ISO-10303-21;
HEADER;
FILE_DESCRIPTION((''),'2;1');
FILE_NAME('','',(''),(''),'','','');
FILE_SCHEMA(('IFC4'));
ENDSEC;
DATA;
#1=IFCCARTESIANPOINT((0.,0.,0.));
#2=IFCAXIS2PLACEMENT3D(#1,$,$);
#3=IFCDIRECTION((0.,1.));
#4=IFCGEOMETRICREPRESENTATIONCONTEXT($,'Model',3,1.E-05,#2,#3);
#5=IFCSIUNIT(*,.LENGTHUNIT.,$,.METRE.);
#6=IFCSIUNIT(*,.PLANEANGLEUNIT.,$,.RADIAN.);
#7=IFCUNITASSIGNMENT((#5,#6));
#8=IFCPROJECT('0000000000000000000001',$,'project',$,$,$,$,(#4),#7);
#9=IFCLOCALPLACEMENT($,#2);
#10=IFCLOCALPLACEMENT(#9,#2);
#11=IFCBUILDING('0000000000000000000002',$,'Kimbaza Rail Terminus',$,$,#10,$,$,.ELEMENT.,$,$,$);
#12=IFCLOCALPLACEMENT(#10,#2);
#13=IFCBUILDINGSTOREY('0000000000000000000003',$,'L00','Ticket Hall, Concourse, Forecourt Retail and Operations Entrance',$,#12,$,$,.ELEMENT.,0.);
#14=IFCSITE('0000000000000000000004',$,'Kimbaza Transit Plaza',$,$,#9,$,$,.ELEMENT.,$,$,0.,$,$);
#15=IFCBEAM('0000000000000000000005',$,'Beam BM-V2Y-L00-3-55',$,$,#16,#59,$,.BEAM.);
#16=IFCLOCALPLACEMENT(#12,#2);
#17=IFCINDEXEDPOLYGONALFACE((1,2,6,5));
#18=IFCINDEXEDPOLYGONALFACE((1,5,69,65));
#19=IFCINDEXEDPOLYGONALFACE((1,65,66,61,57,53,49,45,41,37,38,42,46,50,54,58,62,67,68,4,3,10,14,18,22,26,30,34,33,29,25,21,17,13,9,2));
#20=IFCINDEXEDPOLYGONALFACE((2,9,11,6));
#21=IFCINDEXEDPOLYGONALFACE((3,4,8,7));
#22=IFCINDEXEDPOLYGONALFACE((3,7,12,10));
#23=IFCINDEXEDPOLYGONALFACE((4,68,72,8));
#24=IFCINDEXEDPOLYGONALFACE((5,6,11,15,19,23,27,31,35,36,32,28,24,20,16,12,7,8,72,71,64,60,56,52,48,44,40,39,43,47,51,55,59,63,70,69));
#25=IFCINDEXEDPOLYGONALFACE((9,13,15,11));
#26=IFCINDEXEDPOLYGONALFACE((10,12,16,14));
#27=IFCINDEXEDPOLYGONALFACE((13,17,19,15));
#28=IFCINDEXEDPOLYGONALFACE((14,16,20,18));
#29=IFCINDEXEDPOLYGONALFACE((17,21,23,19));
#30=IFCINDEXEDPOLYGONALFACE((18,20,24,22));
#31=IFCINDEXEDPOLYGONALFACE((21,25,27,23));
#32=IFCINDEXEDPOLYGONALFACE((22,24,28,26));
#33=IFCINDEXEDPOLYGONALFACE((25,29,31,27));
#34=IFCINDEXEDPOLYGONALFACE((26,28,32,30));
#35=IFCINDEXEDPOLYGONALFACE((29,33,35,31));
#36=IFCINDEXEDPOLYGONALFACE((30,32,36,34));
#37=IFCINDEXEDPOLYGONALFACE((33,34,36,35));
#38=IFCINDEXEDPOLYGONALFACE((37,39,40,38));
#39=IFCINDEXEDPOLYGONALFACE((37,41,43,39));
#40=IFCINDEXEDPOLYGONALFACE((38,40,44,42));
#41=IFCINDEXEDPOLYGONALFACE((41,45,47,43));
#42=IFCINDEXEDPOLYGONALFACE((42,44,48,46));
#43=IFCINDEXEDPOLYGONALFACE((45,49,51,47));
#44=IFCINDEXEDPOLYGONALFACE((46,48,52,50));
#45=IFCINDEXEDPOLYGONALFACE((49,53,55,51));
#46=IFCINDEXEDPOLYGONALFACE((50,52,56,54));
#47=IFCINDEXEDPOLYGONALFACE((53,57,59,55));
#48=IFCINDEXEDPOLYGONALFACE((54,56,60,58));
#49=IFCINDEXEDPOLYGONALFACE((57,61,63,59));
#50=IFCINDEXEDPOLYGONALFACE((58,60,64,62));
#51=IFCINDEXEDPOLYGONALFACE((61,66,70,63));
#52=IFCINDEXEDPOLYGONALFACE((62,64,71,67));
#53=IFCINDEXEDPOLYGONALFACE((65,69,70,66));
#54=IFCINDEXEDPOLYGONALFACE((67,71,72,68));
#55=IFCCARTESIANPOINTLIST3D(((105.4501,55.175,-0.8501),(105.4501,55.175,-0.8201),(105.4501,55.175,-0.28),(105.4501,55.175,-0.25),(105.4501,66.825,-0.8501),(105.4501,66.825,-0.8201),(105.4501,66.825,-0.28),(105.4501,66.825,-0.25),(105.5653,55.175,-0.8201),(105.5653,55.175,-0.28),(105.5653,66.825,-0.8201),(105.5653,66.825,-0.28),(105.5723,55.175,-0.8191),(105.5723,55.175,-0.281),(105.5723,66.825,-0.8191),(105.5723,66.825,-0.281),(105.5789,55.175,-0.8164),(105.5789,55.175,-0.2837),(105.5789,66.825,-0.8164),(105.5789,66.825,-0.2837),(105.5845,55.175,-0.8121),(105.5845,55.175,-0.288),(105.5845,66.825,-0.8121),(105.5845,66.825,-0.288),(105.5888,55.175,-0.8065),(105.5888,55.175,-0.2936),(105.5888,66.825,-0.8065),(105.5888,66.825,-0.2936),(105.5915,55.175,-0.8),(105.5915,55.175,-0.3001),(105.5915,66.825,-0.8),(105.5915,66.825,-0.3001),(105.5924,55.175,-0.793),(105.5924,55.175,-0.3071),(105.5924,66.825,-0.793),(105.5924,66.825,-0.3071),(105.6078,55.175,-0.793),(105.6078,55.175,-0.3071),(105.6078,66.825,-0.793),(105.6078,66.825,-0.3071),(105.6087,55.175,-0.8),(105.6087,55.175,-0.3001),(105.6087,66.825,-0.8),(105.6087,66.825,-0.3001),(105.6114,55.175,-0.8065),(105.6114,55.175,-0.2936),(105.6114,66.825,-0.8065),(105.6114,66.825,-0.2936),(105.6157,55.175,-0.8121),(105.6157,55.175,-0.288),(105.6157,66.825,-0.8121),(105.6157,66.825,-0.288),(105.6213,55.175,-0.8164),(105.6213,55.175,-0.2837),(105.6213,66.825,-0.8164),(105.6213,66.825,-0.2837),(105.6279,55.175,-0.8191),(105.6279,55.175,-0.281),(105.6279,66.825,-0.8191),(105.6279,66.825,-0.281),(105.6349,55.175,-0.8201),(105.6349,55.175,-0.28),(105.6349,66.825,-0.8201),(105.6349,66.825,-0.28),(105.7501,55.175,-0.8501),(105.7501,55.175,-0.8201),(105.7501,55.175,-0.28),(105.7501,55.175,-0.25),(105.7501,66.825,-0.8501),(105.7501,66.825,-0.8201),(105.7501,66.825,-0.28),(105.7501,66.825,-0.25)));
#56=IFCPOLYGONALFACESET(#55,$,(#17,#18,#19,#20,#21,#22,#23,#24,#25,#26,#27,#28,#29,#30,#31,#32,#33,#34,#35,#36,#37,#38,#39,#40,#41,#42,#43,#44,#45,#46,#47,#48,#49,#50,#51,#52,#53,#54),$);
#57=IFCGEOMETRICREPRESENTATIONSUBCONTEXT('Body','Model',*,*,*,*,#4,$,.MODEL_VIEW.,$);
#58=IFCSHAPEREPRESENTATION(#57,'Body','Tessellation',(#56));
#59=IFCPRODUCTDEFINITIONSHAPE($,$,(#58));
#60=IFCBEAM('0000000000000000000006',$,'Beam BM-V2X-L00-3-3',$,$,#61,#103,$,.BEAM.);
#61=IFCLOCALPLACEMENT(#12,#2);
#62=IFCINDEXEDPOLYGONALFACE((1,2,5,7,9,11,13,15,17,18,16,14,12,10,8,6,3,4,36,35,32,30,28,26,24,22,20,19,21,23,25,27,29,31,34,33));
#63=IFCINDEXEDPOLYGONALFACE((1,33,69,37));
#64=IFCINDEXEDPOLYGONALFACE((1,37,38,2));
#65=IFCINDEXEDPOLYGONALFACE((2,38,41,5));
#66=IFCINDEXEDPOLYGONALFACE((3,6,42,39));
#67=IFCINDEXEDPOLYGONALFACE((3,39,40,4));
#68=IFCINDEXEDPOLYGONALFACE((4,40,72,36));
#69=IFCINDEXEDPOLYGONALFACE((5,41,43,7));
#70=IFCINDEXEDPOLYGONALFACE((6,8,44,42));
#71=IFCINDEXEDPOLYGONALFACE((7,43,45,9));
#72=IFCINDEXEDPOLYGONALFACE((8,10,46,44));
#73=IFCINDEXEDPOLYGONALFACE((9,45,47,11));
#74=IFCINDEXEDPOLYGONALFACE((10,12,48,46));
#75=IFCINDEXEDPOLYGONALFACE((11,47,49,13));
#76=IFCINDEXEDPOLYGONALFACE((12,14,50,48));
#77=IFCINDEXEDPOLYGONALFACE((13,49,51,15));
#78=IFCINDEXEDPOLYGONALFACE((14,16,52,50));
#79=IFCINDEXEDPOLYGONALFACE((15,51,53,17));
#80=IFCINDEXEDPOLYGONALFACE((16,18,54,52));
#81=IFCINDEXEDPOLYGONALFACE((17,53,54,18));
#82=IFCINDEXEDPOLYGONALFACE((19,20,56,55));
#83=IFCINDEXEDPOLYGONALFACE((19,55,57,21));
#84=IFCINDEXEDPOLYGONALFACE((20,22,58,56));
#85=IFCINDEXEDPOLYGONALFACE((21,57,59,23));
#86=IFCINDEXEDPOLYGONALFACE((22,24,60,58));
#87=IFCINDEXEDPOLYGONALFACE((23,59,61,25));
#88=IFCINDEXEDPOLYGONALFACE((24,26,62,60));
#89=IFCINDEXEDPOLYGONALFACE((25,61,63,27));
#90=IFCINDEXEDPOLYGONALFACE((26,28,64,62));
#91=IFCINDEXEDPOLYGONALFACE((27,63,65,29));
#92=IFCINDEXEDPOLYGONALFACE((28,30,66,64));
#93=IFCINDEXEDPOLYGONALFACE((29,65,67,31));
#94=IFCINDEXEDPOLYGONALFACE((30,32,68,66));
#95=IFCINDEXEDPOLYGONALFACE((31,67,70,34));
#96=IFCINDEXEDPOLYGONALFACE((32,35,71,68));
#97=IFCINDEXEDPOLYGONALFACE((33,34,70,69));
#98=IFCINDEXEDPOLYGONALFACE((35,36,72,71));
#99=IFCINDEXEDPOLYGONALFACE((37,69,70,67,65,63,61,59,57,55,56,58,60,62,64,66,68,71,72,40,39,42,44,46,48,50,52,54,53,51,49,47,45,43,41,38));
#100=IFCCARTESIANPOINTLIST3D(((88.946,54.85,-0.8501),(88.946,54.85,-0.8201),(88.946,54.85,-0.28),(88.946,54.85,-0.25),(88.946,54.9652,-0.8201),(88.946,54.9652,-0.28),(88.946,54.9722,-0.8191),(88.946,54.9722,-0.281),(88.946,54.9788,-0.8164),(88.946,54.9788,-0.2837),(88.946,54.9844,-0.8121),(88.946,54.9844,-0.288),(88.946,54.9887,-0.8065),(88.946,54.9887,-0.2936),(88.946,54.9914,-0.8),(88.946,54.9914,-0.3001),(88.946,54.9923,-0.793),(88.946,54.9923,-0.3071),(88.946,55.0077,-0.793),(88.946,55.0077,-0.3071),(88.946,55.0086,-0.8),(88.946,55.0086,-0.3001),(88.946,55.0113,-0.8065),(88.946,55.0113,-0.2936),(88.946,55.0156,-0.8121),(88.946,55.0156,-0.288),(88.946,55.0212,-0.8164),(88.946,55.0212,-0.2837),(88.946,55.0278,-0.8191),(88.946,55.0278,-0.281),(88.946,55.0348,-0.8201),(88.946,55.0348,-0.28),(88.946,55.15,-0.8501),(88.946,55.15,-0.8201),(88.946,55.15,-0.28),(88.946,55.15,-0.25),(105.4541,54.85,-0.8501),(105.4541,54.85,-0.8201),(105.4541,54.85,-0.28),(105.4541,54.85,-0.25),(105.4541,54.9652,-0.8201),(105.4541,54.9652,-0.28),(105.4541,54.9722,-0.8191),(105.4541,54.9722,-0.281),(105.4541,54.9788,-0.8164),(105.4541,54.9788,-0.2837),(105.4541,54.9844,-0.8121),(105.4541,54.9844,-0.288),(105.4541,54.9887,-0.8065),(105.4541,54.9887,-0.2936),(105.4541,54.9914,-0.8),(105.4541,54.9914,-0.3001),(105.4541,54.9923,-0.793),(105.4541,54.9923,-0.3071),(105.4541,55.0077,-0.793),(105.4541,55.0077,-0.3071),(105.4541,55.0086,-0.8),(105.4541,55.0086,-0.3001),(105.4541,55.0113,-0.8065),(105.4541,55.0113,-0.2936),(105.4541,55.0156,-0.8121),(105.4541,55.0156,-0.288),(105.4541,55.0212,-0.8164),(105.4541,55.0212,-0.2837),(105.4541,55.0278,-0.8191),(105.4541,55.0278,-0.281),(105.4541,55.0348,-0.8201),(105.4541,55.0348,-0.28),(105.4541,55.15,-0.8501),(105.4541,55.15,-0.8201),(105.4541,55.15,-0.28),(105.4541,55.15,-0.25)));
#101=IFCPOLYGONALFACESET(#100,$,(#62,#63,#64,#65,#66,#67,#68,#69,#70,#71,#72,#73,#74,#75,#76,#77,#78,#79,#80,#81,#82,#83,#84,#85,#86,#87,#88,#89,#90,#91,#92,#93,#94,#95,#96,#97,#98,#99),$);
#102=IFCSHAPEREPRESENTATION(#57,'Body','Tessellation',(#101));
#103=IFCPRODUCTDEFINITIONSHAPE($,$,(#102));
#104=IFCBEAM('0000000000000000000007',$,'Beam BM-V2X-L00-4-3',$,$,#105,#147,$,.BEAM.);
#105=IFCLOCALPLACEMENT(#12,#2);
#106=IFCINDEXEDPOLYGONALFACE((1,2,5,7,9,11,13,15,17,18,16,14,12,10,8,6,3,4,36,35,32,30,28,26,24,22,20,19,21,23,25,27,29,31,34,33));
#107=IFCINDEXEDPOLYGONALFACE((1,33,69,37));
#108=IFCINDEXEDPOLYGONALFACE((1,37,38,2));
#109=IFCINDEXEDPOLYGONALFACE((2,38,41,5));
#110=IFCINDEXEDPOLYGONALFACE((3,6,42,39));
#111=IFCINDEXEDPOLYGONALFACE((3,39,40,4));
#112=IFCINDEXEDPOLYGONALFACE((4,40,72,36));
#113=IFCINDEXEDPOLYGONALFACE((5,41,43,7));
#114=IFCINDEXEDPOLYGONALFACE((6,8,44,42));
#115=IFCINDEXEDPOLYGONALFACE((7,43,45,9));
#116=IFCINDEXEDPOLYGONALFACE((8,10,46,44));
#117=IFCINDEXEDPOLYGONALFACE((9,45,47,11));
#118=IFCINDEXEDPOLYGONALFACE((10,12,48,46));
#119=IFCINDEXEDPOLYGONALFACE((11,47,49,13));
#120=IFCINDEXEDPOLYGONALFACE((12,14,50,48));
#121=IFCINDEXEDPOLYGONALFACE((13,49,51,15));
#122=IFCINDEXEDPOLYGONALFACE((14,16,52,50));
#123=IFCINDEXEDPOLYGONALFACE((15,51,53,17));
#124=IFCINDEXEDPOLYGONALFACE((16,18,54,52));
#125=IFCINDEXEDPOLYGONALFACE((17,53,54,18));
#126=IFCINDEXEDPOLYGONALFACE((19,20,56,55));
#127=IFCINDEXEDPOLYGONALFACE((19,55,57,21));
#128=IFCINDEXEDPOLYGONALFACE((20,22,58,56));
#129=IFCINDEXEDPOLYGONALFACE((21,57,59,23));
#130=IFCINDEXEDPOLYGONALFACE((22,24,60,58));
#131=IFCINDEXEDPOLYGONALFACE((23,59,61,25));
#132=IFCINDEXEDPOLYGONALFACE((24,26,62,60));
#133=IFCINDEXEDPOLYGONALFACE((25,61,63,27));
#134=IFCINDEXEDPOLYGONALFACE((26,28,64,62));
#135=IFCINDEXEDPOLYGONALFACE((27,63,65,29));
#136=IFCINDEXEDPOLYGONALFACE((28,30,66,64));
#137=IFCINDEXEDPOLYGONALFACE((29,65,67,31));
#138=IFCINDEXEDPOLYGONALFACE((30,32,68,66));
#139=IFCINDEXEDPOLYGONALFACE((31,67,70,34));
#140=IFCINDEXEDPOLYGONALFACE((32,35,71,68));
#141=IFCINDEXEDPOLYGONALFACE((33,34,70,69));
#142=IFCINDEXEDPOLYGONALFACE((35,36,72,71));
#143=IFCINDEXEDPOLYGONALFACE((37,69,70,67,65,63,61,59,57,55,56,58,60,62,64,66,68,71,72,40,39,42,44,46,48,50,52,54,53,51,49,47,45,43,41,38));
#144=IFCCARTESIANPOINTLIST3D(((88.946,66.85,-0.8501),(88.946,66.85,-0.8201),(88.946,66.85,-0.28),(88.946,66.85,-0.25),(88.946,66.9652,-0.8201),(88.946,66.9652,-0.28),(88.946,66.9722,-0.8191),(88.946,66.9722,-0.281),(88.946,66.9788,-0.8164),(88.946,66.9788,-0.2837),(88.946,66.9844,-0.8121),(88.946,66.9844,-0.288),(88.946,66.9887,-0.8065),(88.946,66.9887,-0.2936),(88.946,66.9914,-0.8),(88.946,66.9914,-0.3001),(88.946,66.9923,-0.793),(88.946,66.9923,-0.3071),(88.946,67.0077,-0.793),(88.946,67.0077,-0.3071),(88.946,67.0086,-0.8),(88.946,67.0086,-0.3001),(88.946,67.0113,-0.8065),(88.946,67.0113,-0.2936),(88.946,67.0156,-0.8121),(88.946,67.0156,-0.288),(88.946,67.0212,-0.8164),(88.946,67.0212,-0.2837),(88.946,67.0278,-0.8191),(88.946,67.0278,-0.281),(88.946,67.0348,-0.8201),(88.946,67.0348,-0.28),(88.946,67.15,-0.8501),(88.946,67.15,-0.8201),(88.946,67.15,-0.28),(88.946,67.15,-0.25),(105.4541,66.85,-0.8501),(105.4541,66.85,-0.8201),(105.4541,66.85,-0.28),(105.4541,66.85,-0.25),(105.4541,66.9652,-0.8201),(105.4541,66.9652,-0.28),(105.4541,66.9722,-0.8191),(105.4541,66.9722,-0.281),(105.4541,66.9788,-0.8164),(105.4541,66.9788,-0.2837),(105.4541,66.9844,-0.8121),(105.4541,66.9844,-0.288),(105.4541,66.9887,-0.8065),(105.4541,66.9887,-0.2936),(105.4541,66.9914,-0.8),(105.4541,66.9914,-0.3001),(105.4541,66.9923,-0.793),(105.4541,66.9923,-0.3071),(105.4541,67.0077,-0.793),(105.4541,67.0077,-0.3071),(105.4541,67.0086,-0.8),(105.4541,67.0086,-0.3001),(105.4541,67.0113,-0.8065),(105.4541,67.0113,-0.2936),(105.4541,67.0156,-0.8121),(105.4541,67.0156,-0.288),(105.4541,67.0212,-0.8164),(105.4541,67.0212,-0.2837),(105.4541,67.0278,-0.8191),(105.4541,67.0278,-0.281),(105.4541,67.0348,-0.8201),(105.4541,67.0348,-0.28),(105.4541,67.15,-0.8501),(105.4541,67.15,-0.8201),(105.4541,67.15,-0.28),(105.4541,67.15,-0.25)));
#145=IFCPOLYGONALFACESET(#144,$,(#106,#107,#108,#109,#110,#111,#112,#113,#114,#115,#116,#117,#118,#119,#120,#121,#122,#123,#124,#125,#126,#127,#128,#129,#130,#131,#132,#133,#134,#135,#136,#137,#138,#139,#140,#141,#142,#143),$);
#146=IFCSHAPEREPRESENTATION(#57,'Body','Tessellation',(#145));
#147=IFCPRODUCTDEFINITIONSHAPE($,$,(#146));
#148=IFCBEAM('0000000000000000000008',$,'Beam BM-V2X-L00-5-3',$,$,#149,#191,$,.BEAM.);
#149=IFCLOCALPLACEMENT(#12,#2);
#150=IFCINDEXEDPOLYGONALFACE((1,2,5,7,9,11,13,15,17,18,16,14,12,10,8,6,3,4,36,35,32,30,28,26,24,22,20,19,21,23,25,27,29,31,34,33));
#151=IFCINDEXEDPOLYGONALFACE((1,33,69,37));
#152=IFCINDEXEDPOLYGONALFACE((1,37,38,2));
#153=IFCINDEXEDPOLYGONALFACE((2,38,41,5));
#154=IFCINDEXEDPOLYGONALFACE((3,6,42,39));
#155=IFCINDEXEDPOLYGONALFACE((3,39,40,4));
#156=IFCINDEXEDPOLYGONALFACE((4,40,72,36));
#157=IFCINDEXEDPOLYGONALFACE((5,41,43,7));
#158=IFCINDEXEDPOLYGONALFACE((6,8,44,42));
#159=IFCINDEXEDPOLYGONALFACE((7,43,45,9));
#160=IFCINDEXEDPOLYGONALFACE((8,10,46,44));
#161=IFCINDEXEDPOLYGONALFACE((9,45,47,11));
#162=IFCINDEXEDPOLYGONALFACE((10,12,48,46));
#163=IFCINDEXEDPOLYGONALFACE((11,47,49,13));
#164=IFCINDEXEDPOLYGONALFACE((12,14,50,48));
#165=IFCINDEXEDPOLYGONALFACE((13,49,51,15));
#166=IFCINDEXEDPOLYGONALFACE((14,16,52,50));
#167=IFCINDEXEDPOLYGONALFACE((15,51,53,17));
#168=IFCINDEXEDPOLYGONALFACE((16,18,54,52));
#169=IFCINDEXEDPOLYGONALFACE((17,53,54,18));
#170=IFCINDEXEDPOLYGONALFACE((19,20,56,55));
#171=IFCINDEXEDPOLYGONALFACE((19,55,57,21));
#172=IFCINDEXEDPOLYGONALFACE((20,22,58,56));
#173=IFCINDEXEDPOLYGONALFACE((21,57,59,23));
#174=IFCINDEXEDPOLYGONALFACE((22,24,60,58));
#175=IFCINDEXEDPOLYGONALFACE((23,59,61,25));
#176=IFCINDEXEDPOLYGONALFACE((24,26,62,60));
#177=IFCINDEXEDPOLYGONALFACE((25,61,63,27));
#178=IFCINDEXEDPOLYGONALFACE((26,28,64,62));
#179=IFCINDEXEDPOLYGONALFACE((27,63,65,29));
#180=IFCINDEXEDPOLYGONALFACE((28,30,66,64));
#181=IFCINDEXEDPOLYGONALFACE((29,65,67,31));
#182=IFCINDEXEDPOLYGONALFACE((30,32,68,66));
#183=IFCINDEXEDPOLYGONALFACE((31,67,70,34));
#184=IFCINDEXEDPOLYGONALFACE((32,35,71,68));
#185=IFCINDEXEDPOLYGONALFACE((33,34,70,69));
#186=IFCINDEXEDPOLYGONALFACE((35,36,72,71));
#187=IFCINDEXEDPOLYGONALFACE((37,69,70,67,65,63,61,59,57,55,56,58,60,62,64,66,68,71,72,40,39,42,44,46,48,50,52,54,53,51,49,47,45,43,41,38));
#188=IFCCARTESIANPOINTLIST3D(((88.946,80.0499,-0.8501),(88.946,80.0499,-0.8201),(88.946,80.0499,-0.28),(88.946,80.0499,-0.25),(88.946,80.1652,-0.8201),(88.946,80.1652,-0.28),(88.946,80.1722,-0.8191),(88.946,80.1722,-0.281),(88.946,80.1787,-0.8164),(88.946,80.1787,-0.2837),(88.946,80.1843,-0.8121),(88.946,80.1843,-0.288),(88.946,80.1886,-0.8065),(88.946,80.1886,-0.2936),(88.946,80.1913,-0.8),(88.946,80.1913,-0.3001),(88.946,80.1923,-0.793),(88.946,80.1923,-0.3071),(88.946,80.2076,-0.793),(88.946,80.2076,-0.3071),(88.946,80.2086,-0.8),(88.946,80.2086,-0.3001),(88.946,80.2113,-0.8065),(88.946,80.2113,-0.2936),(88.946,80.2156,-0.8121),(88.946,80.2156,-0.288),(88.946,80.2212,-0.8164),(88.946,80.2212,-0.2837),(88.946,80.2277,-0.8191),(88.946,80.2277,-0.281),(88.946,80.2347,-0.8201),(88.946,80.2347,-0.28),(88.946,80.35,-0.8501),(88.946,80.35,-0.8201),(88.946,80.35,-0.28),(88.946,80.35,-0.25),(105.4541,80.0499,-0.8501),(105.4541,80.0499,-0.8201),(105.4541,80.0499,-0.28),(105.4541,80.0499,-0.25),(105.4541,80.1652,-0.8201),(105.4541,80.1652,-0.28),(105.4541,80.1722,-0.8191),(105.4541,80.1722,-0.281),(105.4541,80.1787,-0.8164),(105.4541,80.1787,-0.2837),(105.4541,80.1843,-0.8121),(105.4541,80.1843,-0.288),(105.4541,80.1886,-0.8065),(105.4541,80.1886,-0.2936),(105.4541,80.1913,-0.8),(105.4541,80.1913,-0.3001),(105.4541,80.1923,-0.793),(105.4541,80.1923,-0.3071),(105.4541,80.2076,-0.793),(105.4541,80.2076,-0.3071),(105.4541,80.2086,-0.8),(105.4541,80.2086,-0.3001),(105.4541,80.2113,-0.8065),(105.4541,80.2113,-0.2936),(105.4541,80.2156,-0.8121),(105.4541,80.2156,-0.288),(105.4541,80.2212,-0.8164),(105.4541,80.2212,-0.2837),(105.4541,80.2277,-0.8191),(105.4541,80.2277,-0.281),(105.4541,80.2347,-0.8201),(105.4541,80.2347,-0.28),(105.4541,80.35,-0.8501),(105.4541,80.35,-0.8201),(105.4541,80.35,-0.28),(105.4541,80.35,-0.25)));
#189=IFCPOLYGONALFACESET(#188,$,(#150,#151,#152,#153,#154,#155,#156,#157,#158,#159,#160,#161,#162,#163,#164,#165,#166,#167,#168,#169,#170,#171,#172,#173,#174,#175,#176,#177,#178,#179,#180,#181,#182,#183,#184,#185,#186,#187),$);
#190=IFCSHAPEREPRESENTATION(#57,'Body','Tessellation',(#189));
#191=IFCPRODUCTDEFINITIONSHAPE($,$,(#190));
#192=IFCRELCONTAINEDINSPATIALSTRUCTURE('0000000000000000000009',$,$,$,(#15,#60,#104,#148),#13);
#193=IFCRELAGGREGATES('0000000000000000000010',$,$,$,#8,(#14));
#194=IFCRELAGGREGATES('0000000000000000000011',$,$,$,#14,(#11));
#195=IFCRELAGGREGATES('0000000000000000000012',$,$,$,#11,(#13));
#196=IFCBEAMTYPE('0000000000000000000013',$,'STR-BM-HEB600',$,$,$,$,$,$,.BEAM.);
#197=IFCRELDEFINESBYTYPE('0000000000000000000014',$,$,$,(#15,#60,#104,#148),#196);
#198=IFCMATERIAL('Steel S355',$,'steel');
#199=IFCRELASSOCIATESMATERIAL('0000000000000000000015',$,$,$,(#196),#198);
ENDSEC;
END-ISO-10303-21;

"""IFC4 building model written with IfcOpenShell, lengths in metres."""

from ifc_helpers import new_model, si_unit, direction, frame, origin, origin_2d, place, context, subcontext, project, spatial, i_section, extrude, material, material_profile, profile_set, type_object, element, save


model = new_model("IFC4")

# Units and contexts
model_context = context("Model", 3, precision=1e-05, world=origin(), true_north=direction((0.0, 1.0)))
body_context = subcontext(model_context, "Body", "Model", "MODEL_VIEW")
ifc_project = project(units=[si_unit("LENGTHUNIT", "METRE"), si_unit("PLANEANGLEUNIT", "RADIAN")], contexts=[model_context])

# Site, building, storey
site_placement = place(None, origin())
site = spatial("IfcSite", under=ifc_project, at=site_placement, Name="Kimbaza Transit Plaza", CompositionType="ELEMENT", RefElevation=0.0)
building_placement = place(site_placement, origin())
building = spatial("IfcBuilding", under=site, at=building_placement, Name="Kimbaza Rail Terminus", CompositionType="ELEMENT")
storey_placement = place(building_placement, origin())
storey = spatial("IfcBuildingStorey", under=building, at=storey_placement, Name="L00", Description="Ticket Hall, Concourse, Forecourt Retail and Operations Entrance", CompositionType="ELEMENT", Elevation=0.0)

# Beams
ifc_material_1 = material(Name="Steel S355", Category="steel")
ifc_material_profile_1 = material_profile(ifc_material_1, i_section(OverallWidth=0.3, OverallDepth=0.6001, WebThickness=0.0154, FlangeThickness=0.03, FilletRadius=0.0271, at=origin_2d()), Name="HEB 600")
ifc_profile_set_1 = profile_set([ifc_material_profile_1], Name="Steel S355")
beam_type_1 = type_object("IfcBeamType", Name="STR-BM-HEB600", PredefinedType="BEAM", material=ifc_profile_set_1)
beam_1_placement = place(storey_placement, frame((105.6001, 55.175, -0.55), z_axis=(0.0, 1.0, 0.0), x_axis=(-1.0, 0.0, 0.0)))
element("IfcBeam", 1, at=beam_1_placement, inside=storey, type_object=beam_type_1, Name="Beam BM-V2Y-L00-3-55", PredefinedType="BEAM", context=body_context, shape_type="SweptSolid", body=[
    extrude(i_section(OverallWidth=0.3, OverallDepth=0.6001, WebThickness=0.0154, FlangeThickness=0.03, FilletRadius=0.0271, at=origin_2d()), origin(), (0.0, 0.0, 1.0), 11.6499),
])
for number, where, z_axis, x_axis, name in (
    (2, (88.946, 55.0, -0.55), (1.0, 0.0, 0.0), (0.0, 1.0, 0.0), "Beam BM-V2X-L00-3-3"),
    (3, (88.946, 67.0, -0.55), (1.0, 0.0, 0.0), (0.0, 1.0, 0.0), "Beam BM-V2X-L00-4-3"),
    (4, (88.946, 80.2, -0.55), (1.0, 0.0, 0.0), (0.0, 1.0, 0.0), "Beam BM-V2X-L00-5-3"),
):
    element("IfcBeam", number, at=place(storey_placement, frame(where, z_axis=z_axis, x_axis=x_axis)), inside=storey, type_object=beam_type_1, Name=name, PredefinedType="BEAM", context=body_context, shape_type="SweptSolid", body=[
        extrude(i_section(OverallWidth=0.3, OverallDepth=0.6001, WebThickness=0.0154, FlangeThickness=0.03, FilletRadius=0.0271, at=origin_2d()), origin(), (0.0, 0.0, 1.0), 16.5081),
    ])

save(model, "model.ifc")
